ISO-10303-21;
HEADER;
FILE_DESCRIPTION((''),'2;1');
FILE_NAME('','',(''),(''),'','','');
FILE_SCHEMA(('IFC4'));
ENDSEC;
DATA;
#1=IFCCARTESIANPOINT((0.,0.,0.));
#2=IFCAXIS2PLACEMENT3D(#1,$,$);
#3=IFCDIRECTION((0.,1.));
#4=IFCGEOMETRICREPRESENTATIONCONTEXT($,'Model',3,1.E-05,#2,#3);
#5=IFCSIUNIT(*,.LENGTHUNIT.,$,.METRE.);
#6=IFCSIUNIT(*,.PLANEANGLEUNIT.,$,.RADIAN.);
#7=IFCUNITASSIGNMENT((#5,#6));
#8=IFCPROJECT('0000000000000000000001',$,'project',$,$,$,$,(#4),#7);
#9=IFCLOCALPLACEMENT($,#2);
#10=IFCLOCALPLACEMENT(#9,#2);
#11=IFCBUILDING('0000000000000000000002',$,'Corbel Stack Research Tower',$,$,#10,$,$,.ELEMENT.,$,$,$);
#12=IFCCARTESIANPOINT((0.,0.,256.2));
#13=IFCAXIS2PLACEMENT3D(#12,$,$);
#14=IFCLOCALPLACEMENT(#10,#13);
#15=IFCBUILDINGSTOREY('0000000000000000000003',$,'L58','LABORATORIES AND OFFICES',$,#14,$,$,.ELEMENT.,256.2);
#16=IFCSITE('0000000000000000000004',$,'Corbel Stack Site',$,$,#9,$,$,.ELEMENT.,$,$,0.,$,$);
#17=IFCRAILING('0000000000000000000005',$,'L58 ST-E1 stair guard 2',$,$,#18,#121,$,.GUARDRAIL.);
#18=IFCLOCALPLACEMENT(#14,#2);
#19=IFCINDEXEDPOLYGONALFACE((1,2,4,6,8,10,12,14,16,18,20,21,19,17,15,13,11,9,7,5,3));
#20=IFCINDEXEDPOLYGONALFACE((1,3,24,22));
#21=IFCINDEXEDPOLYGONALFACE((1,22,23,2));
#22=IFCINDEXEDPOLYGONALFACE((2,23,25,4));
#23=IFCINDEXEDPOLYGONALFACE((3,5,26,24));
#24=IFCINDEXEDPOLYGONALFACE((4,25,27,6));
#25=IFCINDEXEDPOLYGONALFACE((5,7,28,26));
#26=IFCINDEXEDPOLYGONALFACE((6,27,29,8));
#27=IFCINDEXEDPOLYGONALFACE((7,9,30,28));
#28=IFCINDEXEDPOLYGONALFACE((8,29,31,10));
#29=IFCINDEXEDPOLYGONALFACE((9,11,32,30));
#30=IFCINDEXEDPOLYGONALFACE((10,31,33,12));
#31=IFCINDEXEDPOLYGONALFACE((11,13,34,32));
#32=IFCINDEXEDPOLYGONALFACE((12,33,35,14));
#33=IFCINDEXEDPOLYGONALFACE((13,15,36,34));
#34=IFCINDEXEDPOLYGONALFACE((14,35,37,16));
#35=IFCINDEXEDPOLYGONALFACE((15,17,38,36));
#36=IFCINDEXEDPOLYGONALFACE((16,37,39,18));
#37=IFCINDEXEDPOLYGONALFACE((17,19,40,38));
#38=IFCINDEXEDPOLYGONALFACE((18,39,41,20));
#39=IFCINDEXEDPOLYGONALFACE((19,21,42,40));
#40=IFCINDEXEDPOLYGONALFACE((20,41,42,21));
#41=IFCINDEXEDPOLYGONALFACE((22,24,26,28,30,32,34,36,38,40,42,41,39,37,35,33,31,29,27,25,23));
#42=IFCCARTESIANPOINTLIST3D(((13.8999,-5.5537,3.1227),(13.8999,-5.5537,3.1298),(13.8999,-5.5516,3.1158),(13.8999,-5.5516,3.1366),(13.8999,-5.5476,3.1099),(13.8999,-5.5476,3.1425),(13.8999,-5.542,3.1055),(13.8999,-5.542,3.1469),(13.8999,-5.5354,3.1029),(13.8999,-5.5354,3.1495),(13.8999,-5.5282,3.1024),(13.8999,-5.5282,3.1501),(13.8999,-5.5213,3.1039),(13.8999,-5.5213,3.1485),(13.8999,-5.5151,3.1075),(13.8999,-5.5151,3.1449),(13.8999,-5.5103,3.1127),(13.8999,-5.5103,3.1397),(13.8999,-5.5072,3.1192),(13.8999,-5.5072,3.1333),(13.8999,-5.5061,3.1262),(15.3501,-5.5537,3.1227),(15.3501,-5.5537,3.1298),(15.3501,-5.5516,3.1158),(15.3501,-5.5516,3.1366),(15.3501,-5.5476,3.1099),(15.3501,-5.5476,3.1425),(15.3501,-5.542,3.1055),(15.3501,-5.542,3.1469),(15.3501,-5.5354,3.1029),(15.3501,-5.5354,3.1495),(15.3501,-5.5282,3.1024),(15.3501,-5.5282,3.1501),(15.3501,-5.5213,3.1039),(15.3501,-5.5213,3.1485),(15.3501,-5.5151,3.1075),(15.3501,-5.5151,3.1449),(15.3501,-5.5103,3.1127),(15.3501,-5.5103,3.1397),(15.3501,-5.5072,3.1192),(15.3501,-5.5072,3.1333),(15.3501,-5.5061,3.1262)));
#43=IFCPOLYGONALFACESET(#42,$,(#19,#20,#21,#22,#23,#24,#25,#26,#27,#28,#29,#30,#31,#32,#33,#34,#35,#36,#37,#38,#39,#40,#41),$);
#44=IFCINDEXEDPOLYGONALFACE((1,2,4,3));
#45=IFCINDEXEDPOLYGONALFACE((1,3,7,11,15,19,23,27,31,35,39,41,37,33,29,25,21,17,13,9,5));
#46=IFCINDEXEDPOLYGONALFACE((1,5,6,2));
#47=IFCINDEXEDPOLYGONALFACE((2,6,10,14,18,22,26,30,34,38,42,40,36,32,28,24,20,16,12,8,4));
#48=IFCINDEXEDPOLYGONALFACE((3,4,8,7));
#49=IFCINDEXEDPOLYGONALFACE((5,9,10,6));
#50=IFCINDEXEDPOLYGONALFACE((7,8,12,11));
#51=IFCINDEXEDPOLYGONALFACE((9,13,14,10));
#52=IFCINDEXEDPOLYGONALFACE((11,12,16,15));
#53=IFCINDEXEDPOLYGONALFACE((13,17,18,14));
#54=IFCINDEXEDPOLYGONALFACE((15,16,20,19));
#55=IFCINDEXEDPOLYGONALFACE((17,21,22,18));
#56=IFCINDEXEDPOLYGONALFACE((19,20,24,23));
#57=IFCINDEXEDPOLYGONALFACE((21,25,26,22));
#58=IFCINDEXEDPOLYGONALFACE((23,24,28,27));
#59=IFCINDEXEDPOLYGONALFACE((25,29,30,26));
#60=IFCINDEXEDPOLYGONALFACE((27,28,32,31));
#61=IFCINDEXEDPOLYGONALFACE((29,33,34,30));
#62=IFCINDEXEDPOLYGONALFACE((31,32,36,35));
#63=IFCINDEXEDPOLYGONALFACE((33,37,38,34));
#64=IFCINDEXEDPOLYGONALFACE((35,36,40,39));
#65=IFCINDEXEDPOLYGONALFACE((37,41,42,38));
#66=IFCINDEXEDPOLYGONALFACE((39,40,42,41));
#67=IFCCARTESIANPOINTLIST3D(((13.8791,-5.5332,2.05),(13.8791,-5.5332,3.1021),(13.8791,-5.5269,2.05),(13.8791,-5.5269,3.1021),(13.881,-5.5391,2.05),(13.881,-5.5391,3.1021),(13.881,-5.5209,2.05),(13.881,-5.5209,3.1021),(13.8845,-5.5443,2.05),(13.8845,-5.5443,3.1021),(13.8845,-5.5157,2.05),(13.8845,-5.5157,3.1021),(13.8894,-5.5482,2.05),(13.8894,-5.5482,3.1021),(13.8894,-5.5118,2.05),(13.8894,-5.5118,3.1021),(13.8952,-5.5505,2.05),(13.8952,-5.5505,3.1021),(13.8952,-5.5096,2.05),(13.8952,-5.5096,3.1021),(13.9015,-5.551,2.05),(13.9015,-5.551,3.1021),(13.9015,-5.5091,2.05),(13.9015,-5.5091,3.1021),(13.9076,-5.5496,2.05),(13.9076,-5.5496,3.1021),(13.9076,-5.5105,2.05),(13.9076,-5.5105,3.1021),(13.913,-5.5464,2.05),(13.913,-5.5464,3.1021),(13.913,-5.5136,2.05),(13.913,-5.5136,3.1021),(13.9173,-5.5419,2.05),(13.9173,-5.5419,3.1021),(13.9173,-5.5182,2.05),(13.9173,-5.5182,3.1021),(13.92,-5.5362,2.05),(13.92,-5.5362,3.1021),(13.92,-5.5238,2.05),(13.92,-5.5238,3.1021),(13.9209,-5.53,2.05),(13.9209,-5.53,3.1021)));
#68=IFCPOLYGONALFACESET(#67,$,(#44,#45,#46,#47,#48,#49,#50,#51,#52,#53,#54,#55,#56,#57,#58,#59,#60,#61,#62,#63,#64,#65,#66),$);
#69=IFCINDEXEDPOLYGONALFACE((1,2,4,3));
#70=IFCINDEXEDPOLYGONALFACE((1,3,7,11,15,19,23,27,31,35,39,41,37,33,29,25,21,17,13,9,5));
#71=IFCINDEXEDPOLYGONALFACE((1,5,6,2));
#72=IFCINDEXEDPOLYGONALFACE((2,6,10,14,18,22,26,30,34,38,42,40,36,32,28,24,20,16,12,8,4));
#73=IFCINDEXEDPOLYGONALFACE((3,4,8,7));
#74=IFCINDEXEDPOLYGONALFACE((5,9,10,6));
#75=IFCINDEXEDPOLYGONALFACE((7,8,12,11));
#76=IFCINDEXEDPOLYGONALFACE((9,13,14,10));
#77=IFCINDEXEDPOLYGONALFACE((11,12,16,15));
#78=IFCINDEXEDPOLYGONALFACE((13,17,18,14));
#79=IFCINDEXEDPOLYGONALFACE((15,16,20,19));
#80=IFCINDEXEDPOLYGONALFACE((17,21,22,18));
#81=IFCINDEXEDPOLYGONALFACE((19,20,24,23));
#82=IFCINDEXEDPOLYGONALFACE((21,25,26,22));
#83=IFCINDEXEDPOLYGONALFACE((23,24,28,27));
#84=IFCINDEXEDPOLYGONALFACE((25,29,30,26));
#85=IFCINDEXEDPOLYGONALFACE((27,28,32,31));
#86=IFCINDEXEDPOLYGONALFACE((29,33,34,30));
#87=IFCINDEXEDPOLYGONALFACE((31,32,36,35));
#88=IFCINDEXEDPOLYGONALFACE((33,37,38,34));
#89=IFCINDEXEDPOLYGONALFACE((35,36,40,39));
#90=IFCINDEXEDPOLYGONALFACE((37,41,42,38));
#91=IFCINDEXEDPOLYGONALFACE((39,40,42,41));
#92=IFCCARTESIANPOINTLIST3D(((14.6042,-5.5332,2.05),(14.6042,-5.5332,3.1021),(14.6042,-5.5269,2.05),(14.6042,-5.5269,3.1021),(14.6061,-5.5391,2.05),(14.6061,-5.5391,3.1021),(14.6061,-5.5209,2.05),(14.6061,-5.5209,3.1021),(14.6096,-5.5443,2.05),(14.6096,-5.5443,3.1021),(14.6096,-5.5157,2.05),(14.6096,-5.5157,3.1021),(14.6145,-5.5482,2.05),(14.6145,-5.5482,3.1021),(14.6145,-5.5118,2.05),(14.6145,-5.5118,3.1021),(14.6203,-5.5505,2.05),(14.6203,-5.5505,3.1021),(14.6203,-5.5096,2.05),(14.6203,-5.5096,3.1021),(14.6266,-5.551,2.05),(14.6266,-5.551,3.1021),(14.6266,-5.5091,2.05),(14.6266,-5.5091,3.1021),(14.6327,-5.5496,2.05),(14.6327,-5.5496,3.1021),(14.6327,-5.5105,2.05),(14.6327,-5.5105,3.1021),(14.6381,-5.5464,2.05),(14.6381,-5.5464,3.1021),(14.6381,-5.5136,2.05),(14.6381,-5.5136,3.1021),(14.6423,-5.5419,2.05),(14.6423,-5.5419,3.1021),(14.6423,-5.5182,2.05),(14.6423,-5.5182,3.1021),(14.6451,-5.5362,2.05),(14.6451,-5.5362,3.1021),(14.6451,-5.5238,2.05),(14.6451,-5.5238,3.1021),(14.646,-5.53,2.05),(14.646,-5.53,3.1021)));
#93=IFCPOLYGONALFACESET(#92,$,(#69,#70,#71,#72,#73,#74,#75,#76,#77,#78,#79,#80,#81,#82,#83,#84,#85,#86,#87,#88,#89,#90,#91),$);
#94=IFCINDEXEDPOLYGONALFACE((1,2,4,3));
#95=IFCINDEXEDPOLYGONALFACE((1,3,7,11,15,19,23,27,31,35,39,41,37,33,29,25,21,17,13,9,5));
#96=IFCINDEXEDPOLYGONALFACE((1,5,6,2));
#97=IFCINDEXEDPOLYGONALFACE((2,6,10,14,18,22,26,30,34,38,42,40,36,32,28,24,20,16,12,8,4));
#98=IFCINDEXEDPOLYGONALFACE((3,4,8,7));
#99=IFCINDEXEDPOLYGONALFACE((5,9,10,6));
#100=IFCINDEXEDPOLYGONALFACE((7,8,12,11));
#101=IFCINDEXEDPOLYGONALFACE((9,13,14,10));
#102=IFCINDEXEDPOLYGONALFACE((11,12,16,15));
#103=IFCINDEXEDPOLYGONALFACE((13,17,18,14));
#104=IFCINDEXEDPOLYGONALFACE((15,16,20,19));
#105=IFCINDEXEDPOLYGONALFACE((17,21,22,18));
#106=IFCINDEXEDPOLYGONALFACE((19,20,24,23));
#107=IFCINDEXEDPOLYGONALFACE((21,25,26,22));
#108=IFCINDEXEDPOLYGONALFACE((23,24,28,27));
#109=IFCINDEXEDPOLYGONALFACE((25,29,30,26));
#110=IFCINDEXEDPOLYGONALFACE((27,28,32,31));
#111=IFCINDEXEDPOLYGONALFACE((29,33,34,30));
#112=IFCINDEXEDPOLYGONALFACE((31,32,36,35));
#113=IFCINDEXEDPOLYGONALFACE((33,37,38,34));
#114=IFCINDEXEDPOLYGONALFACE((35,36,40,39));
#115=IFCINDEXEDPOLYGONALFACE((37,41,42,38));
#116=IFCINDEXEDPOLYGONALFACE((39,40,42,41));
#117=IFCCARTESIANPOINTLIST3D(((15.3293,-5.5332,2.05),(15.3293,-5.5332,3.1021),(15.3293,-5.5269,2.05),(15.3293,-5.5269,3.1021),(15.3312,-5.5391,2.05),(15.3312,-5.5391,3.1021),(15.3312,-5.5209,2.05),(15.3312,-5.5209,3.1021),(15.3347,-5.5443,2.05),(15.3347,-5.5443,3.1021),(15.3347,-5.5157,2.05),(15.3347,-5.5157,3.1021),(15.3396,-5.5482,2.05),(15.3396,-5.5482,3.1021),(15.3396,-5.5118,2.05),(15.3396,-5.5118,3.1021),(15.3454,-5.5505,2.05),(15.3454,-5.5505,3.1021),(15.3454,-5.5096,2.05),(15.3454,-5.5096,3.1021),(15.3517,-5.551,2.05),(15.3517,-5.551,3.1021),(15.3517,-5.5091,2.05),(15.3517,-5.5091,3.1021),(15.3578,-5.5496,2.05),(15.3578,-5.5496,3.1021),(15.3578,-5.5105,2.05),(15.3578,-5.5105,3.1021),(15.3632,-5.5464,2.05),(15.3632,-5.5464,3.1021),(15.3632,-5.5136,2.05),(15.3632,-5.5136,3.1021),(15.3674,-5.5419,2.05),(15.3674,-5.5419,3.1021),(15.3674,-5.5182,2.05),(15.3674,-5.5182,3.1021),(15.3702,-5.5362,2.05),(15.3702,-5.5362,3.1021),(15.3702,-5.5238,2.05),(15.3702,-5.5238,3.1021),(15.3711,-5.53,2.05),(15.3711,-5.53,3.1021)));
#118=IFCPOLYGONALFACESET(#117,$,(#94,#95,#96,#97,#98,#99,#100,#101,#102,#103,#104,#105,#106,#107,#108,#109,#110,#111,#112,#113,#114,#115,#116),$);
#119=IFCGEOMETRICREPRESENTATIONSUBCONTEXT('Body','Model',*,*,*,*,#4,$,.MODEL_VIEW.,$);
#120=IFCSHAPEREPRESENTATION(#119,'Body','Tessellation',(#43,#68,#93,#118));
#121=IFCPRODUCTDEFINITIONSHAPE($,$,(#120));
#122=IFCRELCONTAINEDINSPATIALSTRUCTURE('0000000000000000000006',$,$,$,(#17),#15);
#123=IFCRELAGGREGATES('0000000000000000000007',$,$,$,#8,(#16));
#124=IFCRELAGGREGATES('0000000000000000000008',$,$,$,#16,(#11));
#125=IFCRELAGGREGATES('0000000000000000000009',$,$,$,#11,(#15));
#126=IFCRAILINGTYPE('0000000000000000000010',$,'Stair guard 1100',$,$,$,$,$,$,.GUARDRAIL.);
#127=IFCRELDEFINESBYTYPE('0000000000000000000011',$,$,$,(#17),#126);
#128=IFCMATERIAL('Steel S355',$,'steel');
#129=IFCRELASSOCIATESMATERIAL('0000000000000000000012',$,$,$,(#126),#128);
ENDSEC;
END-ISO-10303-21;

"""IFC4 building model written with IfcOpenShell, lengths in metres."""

from ifc_helpers import new_model, si_unit, direction, frame, origin, origin_2d, place, context, subcontext, project, spatial, circle, extrude, material, type_object, element, save


model = new_model("IFC4")

# Units and contexts
model_context = context("Model", 3, precision=1e-05, world=origin(), true_north=direction((0.0, 1.0)))
body_context = subcontext(model_context, "Body", "Model", "MODEL_VIEW")
ifc_project = project(units=[si_unit("LENGTHUNIT", "METRE"), si_unit("PLANEANGLEUNIT", "RADIAN")], contexts=[model_context])

# Site, building, storey
site_placement = place(None, origin())
site = spatial("IfcSite", under=ifc_project, at=site_placement, Name="Corbel Stack Site", CompositionType="ELEMENT", RefElevation=0.0)
building_placement = place(site_placement, origin())
building = spatial("IfcBuilding", under=site, at=building_placement, Name="Corbel Stack Research Tower", CompositionType="ELEMENT")
storey_placement = place(building_placement, frame((0.0, 0.0, 256.2)))
storey = spatial("IfcBuildingStorey", under=building, at=storey_placement, Name="L58", Description="LABORATORIES AND OFFICES", CompositionType="ELEMENT", Elevation=256.2)

# Railing
ifc_material_1 = material(Name="Steel S355", Category="steel")
railing_type = type_object("IfcRailingType", Name="Stair guard 1100", PredefinedType="GUARDRAIL", material=ifc_material_1)
railing_placement = place(storey_placement, frame((13.8999, -5.53, 2.05)))
element("IfcRailing", 1, at=railing_placement, inside=storey, type_object=railing_type, Name="L58 ST-E1 stair guard 2", PredefinedType="GUARDRAIL", context=body_context, shape_type="SweptSolid", body=[
    extrude(circle(Radius=0.0239, at=origin_2d()), frame((0.0, 0.0, 1.0762), z_axis=(1.0, 0.0, 0.0), x_axis=(0.0, 1.0, 0.0)), (0.0, 0.0, 1.0), 1.4502),
    extrude(circle(Radius=0.021, at=origin_2d()), origin(), (0.0, 0.0, 1.0), 1.052),
    extrude(circle(Radius=0.021, at=origin_2d()), frame((0.7251, 0.0, 0.0)), (0.0, 0.0, 1.0), 1.052),
    extrude(circle(Radius=0.021, at=origin_2d()), frame((1.4502, 0.0, 0.0)), (0.0, 0.0, 1.0), 1.052),
])

save(model, "model.ifc")
